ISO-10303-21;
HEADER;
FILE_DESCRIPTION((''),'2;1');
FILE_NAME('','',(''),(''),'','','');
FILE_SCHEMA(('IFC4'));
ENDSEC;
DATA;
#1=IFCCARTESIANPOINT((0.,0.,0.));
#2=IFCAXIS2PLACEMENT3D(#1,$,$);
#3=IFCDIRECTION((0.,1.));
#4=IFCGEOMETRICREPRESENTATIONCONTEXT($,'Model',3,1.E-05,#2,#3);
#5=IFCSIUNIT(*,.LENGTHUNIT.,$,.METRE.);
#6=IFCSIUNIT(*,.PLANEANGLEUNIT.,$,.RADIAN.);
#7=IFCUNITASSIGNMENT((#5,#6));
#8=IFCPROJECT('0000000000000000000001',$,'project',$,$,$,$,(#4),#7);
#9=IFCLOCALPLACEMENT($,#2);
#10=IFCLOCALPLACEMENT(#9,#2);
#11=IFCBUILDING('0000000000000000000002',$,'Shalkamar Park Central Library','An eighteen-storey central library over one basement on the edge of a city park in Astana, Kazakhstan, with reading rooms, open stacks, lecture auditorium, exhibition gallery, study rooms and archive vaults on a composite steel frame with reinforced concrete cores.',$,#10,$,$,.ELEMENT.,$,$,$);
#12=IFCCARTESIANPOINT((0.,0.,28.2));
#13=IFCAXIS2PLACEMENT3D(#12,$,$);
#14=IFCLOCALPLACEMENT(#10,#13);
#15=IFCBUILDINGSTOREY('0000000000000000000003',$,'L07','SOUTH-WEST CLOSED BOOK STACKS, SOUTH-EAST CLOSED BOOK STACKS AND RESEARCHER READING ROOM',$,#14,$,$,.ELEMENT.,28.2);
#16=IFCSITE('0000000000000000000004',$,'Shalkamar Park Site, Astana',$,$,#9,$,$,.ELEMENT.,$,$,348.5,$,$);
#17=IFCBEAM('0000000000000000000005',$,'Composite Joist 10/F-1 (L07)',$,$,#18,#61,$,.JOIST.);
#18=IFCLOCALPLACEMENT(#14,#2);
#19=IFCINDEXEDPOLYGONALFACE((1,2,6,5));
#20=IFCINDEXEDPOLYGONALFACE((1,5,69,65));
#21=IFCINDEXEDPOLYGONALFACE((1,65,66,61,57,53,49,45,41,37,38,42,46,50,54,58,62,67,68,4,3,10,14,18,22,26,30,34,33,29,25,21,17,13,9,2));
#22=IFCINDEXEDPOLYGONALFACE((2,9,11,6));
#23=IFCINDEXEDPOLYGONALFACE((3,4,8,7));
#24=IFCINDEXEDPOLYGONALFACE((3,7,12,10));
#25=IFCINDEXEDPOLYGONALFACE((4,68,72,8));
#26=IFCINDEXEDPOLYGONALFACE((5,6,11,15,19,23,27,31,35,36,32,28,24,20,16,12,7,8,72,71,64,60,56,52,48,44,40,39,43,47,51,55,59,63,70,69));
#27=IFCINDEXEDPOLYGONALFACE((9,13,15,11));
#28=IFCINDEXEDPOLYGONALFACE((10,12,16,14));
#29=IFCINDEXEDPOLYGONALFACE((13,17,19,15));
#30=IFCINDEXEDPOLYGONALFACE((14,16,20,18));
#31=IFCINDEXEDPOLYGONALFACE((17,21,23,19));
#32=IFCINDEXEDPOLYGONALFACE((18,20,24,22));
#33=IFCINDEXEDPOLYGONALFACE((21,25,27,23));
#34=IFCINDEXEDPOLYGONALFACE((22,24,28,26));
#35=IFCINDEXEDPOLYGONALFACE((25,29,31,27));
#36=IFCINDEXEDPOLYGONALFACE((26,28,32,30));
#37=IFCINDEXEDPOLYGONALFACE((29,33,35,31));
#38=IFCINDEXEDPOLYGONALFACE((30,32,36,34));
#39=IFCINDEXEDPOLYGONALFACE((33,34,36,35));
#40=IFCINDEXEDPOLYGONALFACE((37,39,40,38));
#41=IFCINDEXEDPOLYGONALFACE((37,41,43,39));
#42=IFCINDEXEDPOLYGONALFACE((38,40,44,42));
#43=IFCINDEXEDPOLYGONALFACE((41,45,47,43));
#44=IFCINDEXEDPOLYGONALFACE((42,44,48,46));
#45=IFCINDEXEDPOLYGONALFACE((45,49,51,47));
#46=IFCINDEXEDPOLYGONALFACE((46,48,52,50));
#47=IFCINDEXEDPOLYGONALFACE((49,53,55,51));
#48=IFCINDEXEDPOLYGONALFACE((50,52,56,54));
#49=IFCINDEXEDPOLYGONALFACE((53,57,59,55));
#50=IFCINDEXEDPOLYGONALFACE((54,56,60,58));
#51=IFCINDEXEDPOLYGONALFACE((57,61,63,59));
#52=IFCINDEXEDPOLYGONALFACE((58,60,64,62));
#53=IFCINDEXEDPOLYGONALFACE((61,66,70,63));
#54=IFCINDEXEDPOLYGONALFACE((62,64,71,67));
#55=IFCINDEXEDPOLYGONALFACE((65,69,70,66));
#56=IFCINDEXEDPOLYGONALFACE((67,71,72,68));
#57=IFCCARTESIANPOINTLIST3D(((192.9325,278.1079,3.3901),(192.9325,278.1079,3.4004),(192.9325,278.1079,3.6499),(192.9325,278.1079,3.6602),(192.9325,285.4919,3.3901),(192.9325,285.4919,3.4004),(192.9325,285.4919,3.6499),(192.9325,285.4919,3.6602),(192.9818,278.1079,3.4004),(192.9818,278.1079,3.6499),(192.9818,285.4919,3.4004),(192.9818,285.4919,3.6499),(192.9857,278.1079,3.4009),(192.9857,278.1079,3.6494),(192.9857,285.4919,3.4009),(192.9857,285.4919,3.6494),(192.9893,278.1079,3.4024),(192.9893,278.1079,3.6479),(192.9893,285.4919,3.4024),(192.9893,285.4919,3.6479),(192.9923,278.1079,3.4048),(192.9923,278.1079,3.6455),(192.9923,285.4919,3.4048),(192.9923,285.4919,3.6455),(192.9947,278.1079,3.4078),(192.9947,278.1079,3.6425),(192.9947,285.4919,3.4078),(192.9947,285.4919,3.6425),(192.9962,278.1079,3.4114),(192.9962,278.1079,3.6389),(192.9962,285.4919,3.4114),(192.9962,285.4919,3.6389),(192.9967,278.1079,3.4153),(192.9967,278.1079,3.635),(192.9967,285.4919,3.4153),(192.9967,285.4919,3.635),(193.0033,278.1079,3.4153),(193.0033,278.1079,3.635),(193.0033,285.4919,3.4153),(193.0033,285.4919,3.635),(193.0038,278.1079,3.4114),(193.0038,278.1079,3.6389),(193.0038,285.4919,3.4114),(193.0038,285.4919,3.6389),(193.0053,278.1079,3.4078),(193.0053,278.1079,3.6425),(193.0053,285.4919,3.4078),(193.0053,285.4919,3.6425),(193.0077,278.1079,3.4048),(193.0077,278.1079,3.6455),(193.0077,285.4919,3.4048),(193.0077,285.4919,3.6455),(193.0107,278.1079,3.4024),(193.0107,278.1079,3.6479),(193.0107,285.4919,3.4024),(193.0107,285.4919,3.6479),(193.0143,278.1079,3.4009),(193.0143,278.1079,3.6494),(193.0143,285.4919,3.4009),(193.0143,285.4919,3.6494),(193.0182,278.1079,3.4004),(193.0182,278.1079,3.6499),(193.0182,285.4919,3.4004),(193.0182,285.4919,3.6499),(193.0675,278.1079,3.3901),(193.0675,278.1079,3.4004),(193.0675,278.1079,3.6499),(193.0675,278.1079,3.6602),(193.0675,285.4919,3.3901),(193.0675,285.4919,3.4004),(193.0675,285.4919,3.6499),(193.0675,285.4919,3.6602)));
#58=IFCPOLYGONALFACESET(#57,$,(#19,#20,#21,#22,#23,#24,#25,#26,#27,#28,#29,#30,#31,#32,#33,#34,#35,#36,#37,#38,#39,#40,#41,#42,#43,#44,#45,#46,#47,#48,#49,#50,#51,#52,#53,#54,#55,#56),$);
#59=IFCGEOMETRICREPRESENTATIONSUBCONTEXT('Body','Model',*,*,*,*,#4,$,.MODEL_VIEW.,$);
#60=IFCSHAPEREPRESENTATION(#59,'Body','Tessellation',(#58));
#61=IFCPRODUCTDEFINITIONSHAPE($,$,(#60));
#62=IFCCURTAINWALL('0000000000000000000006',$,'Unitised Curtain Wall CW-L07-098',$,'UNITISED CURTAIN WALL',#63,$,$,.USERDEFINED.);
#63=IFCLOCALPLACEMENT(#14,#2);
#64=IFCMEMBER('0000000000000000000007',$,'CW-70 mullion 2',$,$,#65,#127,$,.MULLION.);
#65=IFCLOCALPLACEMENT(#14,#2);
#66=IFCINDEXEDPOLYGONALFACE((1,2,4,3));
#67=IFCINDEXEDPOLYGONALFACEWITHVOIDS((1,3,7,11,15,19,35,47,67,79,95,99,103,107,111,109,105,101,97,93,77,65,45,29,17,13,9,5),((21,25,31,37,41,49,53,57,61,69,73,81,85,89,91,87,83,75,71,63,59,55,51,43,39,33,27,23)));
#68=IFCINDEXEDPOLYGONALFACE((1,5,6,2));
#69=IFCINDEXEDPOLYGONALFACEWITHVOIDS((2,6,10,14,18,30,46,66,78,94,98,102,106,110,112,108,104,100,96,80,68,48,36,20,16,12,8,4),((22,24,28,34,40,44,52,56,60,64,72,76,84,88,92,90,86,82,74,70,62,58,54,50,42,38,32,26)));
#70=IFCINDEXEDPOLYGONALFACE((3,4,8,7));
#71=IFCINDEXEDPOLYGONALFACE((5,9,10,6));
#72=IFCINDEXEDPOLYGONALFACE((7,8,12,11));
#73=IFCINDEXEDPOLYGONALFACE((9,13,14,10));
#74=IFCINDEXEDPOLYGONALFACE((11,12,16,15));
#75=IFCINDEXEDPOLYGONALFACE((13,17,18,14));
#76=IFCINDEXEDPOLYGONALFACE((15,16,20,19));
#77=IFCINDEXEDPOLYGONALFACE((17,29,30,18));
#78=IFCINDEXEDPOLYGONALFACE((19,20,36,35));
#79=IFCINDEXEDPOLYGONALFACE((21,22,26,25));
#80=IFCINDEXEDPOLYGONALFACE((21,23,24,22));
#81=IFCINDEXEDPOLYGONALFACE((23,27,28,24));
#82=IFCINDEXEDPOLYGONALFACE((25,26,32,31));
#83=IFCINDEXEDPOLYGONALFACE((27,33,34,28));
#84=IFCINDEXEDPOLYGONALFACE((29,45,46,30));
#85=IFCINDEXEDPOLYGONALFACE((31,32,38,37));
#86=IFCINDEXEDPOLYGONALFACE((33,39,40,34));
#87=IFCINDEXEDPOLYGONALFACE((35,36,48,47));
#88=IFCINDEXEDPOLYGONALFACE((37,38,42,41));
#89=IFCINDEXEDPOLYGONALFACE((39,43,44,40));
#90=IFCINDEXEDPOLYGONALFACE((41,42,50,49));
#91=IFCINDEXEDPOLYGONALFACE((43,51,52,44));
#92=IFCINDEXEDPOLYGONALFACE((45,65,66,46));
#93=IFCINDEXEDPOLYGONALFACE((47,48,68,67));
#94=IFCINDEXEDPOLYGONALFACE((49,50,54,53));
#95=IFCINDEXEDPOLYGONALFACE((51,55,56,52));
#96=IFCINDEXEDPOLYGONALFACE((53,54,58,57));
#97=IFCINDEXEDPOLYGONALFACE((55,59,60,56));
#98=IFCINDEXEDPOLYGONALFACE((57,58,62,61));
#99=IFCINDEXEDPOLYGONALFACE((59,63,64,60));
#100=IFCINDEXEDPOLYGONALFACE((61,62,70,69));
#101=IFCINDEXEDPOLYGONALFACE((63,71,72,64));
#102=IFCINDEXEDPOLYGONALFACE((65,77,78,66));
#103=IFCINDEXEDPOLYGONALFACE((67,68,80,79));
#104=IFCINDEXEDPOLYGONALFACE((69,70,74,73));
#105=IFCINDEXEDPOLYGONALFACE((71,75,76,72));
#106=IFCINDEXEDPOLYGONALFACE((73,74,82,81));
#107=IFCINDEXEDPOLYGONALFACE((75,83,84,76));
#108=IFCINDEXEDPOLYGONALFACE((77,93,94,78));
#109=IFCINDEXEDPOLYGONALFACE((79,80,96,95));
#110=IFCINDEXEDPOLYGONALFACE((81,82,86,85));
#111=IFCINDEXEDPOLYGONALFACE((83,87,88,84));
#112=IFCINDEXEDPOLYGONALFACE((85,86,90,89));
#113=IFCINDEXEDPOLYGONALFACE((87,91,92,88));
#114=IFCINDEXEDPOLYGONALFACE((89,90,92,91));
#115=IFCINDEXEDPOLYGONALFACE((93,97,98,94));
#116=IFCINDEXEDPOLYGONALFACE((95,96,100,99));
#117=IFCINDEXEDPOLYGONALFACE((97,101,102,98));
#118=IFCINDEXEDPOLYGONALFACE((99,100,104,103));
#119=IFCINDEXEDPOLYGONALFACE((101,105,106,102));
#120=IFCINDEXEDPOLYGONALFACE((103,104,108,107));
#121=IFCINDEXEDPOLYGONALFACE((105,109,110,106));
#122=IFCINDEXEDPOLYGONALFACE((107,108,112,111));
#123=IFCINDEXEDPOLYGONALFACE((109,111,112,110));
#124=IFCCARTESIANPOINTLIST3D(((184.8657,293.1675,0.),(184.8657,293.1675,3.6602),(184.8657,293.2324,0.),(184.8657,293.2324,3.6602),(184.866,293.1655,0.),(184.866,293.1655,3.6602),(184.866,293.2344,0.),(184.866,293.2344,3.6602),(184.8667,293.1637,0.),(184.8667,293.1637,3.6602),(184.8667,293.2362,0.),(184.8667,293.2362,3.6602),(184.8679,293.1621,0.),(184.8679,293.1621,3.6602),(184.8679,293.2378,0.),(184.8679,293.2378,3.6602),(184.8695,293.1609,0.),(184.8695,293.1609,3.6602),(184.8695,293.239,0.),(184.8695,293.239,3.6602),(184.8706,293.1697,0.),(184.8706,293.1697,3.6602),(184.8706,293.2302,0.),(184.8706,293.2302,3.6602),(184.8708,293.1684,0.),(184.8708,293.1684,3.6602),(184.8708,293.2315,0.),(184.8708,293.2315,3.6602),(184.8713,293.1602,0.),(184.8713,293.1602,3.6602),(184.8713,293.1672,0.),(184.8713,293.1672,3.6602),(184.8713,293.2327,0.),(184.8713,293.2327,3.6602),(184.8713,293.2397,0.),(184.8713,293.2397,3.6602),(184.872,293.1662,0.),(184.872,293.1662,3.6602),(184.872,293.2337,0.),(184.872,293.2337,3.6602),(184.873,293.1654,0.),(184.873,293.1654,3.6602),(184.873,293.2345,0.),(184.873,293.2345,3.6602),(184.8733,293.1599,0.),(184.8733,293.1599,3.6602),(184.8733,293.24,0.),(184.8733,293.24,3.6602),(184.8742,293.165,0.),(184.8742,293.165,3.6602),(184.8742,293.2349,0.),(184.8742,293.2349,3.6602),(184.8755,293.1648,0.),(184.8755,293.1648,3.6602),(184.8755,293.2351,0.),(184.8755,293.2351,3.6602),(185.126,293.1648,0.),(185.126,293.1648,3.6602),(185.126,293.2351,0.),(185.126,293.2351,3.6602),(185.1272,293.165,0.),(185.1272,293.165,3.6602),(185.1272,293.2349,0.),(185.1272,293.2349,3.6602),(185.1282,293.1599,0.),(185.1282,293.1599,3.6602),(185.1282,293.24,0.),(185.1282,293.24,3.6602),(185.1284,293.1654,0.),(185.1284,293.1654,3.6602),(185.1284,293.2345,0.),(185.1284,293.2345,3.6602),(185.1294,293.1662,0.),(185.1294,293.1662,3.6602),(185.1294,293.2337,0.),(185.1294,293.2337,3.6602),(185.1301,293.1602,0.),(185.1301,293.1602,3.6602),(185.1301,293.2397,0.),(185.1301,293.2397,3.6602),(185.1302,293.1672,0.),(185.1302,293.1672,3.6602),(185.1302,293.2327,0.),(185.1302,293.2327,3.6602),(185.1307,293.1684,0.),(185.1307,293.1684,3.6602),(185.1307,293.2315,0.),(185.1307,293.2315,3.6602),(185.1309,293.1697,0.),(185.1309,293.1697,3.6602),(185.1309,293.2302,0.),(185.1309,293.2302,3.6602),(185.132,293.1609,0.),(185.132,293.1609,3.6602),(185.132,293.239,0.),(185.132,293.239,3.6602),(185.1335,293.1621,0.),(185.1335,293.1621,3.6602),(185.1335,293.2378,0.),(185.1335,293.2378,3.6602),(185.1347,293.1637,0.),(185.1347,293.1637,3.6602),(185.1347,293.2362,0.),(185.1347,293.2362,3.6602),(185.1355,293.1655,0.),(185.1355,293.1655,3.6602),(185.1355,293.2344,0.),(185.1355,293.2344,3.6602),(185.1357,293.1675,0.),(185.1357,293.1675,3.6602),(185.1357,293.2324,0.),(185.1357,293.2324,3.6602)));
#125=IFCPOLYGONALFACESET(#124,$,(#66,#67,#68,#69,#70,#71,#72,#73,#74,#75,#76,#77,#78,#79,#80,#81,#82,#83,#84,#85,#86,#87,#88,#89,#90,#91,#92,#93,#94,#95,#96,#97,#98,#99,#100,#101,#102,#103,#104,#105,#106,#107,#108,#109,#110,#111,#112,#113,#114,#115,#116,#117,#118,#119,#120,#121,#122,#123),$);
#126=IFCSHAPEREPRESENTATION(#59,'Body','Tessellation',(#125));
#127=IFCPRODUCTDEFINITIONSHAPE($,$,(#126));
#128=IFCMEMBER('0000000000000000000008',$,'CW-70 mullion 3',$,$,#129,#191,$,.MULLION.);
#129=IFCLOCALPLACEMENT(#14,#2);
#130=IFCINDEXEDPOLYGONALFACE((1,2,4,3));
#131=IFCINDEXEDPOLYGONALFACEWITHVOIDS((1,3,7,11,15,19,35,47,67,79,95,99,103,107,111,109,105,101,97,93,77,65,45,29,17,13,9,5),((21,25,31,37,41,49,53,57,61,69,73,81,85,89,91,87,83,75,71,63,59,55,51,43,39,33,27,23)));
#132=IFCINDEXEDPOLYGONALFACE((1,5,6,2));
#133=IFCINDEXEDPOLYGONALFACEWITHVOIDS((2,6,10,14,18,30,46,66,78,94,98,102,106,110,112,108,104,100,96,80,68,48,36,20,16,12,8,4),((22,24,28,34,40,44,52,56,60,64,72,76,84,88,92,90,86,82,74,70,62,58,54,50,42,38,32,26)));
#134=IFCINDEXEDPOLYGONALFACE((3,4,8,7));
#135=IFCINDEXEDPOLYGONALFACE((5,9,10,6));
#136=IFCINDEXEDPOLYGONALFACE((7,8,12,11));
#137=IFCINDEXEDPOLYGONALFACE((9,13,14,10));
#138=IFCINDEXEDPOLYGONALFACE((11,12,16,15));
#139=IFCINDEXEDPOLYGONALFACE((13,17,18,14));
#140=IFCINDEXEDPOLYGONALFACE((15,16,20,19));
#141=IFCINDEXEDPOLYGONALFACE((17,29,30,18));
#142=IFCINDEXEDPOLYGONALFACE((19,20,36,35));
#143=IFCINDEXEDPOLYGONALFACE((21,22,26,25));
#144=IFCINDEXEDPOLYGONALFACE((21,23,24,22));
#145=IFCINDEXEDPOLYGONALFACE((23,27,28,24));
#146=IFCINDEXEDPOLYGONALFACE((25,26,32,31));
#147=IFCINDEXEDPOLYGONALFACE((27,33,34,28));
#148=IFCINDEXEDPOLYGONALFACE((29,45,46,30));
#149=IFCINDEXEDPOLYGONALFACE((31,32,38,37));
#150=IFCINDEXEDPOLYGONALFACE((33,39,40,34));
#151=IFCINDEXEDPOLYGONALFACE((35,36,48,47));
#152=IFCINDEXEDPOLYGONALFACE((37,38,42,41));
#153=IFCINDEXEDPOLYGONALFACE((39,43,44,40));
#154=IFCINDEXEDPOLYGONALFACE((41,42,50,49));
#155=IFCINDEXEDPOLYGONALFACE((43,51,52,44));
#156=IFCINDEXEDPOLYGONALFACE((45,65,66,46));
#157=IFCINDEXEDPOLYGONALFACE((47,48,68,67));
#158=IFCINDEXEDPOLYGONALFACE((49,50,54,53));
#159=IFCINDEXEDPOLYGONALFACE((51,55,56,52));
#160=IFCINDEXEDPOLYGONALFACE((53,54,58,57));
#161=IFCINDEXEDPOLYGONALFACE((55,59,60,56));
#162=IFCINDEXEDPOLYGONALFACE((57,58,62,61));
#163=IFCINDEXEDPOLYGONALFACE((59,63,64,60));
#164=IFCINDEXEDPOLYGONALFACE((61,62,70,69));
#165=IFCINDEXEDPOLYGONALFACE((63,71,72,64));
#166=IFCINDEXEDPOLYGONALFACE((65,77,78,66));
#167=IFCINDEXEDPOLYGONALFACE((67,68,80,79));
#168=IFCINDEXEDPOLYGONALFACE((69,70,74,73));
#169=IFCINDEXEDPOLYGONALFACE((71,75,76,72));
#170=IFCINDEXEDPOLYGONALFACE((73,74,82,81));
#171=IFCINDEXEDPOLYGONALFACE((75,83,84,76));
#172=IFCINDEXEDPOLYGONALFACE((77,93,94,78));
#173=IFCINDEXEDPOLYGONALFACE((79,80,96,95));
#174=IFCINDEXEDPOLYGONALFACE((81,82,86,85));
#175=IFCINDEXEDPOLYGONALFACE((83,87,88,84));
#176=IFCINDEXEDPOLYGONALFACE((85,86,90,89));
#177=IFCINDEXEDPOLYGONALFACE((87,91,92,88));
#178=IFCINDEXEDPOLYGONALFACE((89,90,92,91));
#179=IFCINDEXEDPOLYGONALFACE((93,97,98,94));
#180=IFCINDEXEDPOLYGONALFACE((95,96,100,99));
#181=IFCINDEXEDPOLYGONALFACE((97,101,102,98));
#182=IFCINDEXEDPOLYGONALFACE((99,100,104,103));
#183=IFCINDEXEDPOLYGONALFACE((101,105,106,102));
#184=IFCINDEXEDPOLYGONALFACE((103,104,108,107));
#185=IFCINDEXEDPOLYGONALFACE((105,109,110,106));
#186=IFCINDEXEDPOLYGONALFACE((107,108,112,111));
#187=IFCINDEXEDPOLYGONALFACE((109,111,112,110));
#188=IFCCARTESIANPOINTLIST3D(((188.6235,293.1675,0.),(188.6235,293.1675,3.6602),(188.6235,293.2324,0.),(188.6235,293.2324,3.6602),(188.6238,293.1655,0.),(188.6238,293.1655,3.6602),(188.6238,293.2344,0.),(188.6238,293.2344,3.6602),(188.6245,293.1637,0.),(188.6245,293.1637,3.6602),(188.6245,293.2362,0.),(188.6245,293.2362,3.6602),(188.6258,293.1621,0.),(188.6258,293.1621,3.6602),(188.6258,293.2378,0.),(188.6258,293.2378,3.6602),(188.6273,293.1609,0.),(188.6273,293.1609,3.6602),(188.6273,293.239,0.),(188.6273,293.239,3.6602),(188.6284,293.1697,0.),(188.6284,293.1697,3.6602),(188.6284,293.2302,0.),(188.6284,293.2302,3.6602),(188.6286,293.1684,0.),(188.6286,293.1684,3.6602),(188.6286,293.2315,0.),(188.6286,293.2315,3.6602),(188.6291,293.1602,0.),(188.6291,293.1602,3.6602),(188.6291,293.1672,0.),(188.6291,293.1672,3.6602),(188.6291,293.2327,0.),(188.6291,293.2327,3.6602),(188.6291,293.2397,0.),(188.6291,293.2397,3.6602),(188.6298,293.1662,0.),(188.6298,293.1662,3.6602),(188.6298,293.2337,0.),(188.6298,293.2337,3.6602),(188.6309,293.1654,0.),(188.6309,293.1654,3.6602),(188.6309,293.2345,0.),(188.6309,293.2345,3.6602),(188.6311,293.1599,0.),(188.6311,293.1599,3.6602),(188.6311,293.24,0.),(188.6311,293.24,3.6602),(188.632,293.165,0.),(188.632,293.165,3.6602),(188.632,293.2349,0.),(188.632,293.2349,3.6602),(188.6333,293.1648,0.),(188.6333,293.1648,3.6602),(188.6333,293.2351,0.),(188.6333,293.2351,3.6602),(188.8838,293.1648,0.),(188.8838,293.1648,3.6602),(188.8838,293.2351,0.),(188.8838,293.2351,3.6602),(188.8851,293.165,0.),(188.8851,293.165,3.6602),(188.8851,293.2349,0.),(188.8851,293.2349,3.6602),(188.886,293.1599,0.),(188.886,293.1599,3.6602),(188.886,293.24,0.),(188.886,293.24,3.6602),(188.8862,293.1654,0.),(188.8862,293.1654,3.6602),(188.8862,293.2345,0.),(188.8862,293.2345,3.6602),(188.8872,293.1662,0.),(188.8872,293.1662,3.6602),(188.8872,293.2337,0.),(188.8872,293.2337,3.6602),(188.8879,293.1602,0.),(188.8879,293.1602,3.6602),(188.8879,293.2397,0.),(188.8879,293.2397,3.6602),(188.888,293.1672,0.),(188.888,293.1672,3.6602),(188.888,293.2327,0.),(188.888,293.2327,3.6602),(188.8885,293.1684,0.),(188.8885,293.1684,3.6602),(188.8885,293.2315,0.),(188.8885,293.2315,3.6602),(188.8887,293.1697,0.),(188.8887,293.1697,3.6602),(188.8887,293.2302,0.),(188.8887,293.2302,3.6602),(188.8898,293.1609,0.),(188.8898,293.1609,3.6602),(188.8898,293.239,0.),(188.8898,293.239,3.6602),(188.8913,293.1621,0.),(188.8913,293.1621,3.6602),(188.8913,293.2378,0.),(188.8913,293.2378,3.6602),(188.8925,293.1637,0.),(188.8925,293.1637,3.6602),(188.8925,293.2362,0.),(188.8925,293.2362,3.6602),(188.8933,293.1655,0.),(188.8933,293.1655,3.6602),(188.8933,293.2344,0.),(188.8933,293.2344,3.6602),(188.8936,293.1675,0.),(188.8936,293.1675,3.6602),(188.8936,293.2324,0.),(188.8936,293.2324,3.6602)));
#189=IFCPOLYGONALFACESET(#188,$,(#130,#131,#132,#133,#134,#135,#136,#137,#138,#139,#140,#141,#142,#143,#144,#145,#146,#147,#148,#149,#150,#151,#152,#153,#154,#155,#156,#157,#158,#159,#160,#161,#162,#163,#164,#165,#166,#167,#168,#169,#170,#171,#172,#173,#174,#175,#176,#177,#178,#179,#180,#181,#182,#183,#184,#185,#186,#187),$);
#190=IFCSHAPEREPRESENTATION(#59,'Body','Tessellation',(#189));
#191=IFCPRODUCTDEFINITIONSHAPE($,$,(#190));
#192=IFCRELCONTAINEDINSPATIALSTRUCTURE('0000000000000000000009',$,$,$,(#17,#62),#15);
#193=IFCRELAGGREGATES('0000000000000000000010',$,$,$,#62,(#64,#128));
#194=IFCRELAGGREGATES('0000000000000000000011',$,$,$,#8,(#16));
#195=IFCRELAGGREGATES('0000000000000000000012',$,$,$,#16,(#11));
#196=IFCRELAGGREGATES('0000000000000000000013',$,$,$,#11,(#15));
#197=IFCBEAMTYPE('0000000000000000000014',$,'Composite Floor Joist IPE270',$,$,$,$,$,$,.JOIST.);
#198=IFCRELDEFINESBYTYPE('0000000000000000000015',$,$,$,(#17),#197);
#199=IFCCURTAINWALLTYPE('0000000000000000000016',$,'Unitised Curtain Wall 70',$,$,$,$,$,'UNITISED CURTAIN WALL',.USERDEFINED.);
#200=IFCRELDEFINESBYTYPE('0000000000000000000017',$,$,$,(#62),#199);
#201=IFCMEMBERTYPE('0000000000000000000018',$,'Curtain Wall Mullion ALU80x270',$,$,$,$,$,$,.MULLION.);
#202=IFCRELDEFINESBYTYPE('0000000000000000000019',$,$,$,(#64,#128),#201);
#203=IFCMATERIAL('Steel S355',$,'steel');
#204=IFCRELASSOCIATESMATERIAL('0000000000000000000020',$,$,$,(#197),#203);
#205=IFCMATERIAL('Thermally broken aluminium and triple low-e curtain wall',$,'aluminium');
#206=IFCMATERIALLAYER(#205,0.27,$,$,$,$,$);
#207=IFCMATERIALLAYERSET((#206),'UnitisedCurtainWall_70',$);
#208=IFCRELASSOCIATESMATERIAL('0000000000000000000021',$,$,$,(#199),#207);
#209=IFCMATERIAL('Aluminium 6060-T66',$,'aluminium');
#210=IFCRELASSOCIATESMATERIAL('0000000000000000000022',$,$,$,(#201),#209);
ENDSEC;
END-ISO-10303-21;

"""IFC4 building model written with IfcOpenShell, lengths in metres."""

from ifc_helpers import new_model, si_unit, direction, frame, origin, origin_2d, place, context, subcontext, project, spatial, hollow_rectangle, i_section, extrude, material, layer, layer_set, material_profile, profile_set, type_object, element, aggregate, save


model = new_model("IFC4")

# Units and contexts
model_context = context("Model", 3, precision=1e-05, world=origin(), true_north=direction((0.0, 1.0)))
body_context = subcontext(model_context, "Body", "Model", "MODEL_VIEW")
ifc_project = project(units=[si_unit("LENGTHUNIT", "METRE"), si_unit("PLANEANGLEUNIT", "RADIAN")], contexts=[model_context])

# Site, building, storey
site_placement = place(None, origin())
site = spatial("IfcSite", under=ifc_project, at=site_placement, Name="Shalkamar Park Site, Astana", CompositionType="ELEMENT", RefElevation=348.5)
building_placement = place(site_placement, origin())
building = spatial("IfcBuilding", under=site, at=building_placement, Name="Shalkamar Park Central Library", Description="An eighteen-storey central library over one basement on the edge of a city park in Astana, Kazakhstan, with reading rooms, open stacks, lecture auditorium, exhibition gallery, study rooms and archive vaults on a composite steel frame with reinforced concrete cores.", CompositionType="ELEMENT")
storey_placement = place(building_placement, frame((0.0, 0.0, 28.2)))
storey = spatial("IfcBuildingStorey", under=building, at=storey_placement, Name="L07", Description="SOUTH-WEST CLOSED BOOK STACKS, SOUTH-EAST CLOSED BOOK STACKS AND RESEARCHER READING ROOM", CompositionType="ELEMENT", Elevation=28.2)

# Shared definitions
ifc_material_1 = material(Name="Steel S355", Category="steel")

# Beam
ifc_material_profile_1 = material_profile(ifc_material_1, i_section(OverallWidth=0.135, OverallDepth=0.27, WebThickness=0.0066, FlangeThickness=0.0103, FilletRadius=0.0149, at=origin_2d()), Name="IPE 270")
ifc_profile_set_1 = profile_set([ifc_material_profile_1], Name="Steel S355")
beam_type_1 = type_object("IfcBeamType", Name="Composite Floor Joist IPE270", PredefinedType="JOIST", material=ifc_profile_set_1)
beam_1_placement = place(storey_placement, frame((193.0, 278.1079, 3.5251), z_axis=(0.0, 1.0, 0.0), x_axis=(-1.0, 0.0, 0.0)))
element("IfcBeam", 1, at=beam_1_placement, inside=storey, type_object=beam_type_1, Name="Composite Joist 10/F-1 (L07)", PredefinedType="JOIST", context=body_context, shape_type="SweptSolid", body=[
    extrude(i_section(OverallWidth=0.135, OverallDepth=0.27, WebThickness=0.0066, FlangeThickness=0.0103, FilletRadius=0.0149, at=origin_2d()), origin(), (0.0, 0.0, 1.0), 7.384),
])

# Curtain wall, members
ifc_material_2 = material(Name="Thermally broken aluminium and triple low-e curtain wall", Category="aluminium")
ifc_layer_1 = layer(ifc_material_2, 0.27)
ifc_layer_set_1 = layer_set([ifc_layer_1], Name="UnitisedCurtainWall_70")
curtain_wall_type_1 = type_object("IfcCurtainWallType", Name="Unitised Curtain Wall 70", ElementType="UNITISED CURTAIN WALL", PredefinedType="USERDEFINED", material=ifc_layer_set_1)
curtain_wall_1_placement = place(storey_placement, origin())
curtain_wall_1 = element("IfcCurtainWall", 2, at=curtain_wall_1_placement, inside=storey, type_object=curtain_wall_type_1, Name="Unitised Curtain Wall CW-L07-098", ObjectType="UNITISED CURTAIN WALL", PredefinedType="USERDEFINED")
ifc_material_3 = material(Name="Aluminium 6060-T66", Category="aluminium")
ifc_material_profile_2 = material_profile(ifc_material_3, hollow_rectangle(XDim=0.0801, YDim=0.27, WallThickness=0.0049, InnerFilletRadius=0.0049, OuterFilletRadius=0.0076, at=origin_2d()), Name="ALU 80x270x5")
ifc_profile_set_2 = profile_set([ifc_material_profile_2], Name="Aluminium 6060-T66")
member_type_1 = type_object("IfcMemberType", Name="Curtain Wall Mullion ALU80x270", PredefinedType="MULLION", material=ifc_profile_set_2)
member_1_placement = place(storey_placement, frame((185.0007, 293.2, 0.0), z_axis=(0.0, 0.0, 1.0), x_axis=(0.0, 1.0, 0.0)))
member_1 = element("IfcMember", 3, at=member_1_placement, type_object=member_type_1, Name="CW-70 mullion 2", PredefinedType="MULLION", context=body_context, shape_type="SweptSolid", body=[
    extrude(hollow_rectangle(XDim=0.0801, YDim=0.27, WallThickness=0.0049, InnerFilletRadius=0.0049, OuterFilletRadius=0.0076, at=origin_2d()), origin(), (0.0, 0.0, 1.0), 3.6602),
])
member_2_placement = place(storey_placement, frame((188.7585, 293.2, 0.0), z_axis=(0.0, 0.0, 1.0), x_axis=(0.0, 1.0, 0.0)))
member_2 = element("IfcMember", 4, at=member_2_placement, type_object=member_type_1, Name="CW-70 mullion 3", PredefinedType="MULLION", context=body_context, shape_type="SweptSolid", body=[
    extrude(hollow_rectangle(XDim=0.0801, YDim=0.27, WallThickness=0.0049, InnerFilletRadius=0.0049, OuterFilletRadius=0.0076, at=origin_2d()), origin(), (0.0, 0.0, 1.0), 3.6602),
])

aggregate(curtain_wall_1, [member_1, member_2])

save(model, "model.ifc")
